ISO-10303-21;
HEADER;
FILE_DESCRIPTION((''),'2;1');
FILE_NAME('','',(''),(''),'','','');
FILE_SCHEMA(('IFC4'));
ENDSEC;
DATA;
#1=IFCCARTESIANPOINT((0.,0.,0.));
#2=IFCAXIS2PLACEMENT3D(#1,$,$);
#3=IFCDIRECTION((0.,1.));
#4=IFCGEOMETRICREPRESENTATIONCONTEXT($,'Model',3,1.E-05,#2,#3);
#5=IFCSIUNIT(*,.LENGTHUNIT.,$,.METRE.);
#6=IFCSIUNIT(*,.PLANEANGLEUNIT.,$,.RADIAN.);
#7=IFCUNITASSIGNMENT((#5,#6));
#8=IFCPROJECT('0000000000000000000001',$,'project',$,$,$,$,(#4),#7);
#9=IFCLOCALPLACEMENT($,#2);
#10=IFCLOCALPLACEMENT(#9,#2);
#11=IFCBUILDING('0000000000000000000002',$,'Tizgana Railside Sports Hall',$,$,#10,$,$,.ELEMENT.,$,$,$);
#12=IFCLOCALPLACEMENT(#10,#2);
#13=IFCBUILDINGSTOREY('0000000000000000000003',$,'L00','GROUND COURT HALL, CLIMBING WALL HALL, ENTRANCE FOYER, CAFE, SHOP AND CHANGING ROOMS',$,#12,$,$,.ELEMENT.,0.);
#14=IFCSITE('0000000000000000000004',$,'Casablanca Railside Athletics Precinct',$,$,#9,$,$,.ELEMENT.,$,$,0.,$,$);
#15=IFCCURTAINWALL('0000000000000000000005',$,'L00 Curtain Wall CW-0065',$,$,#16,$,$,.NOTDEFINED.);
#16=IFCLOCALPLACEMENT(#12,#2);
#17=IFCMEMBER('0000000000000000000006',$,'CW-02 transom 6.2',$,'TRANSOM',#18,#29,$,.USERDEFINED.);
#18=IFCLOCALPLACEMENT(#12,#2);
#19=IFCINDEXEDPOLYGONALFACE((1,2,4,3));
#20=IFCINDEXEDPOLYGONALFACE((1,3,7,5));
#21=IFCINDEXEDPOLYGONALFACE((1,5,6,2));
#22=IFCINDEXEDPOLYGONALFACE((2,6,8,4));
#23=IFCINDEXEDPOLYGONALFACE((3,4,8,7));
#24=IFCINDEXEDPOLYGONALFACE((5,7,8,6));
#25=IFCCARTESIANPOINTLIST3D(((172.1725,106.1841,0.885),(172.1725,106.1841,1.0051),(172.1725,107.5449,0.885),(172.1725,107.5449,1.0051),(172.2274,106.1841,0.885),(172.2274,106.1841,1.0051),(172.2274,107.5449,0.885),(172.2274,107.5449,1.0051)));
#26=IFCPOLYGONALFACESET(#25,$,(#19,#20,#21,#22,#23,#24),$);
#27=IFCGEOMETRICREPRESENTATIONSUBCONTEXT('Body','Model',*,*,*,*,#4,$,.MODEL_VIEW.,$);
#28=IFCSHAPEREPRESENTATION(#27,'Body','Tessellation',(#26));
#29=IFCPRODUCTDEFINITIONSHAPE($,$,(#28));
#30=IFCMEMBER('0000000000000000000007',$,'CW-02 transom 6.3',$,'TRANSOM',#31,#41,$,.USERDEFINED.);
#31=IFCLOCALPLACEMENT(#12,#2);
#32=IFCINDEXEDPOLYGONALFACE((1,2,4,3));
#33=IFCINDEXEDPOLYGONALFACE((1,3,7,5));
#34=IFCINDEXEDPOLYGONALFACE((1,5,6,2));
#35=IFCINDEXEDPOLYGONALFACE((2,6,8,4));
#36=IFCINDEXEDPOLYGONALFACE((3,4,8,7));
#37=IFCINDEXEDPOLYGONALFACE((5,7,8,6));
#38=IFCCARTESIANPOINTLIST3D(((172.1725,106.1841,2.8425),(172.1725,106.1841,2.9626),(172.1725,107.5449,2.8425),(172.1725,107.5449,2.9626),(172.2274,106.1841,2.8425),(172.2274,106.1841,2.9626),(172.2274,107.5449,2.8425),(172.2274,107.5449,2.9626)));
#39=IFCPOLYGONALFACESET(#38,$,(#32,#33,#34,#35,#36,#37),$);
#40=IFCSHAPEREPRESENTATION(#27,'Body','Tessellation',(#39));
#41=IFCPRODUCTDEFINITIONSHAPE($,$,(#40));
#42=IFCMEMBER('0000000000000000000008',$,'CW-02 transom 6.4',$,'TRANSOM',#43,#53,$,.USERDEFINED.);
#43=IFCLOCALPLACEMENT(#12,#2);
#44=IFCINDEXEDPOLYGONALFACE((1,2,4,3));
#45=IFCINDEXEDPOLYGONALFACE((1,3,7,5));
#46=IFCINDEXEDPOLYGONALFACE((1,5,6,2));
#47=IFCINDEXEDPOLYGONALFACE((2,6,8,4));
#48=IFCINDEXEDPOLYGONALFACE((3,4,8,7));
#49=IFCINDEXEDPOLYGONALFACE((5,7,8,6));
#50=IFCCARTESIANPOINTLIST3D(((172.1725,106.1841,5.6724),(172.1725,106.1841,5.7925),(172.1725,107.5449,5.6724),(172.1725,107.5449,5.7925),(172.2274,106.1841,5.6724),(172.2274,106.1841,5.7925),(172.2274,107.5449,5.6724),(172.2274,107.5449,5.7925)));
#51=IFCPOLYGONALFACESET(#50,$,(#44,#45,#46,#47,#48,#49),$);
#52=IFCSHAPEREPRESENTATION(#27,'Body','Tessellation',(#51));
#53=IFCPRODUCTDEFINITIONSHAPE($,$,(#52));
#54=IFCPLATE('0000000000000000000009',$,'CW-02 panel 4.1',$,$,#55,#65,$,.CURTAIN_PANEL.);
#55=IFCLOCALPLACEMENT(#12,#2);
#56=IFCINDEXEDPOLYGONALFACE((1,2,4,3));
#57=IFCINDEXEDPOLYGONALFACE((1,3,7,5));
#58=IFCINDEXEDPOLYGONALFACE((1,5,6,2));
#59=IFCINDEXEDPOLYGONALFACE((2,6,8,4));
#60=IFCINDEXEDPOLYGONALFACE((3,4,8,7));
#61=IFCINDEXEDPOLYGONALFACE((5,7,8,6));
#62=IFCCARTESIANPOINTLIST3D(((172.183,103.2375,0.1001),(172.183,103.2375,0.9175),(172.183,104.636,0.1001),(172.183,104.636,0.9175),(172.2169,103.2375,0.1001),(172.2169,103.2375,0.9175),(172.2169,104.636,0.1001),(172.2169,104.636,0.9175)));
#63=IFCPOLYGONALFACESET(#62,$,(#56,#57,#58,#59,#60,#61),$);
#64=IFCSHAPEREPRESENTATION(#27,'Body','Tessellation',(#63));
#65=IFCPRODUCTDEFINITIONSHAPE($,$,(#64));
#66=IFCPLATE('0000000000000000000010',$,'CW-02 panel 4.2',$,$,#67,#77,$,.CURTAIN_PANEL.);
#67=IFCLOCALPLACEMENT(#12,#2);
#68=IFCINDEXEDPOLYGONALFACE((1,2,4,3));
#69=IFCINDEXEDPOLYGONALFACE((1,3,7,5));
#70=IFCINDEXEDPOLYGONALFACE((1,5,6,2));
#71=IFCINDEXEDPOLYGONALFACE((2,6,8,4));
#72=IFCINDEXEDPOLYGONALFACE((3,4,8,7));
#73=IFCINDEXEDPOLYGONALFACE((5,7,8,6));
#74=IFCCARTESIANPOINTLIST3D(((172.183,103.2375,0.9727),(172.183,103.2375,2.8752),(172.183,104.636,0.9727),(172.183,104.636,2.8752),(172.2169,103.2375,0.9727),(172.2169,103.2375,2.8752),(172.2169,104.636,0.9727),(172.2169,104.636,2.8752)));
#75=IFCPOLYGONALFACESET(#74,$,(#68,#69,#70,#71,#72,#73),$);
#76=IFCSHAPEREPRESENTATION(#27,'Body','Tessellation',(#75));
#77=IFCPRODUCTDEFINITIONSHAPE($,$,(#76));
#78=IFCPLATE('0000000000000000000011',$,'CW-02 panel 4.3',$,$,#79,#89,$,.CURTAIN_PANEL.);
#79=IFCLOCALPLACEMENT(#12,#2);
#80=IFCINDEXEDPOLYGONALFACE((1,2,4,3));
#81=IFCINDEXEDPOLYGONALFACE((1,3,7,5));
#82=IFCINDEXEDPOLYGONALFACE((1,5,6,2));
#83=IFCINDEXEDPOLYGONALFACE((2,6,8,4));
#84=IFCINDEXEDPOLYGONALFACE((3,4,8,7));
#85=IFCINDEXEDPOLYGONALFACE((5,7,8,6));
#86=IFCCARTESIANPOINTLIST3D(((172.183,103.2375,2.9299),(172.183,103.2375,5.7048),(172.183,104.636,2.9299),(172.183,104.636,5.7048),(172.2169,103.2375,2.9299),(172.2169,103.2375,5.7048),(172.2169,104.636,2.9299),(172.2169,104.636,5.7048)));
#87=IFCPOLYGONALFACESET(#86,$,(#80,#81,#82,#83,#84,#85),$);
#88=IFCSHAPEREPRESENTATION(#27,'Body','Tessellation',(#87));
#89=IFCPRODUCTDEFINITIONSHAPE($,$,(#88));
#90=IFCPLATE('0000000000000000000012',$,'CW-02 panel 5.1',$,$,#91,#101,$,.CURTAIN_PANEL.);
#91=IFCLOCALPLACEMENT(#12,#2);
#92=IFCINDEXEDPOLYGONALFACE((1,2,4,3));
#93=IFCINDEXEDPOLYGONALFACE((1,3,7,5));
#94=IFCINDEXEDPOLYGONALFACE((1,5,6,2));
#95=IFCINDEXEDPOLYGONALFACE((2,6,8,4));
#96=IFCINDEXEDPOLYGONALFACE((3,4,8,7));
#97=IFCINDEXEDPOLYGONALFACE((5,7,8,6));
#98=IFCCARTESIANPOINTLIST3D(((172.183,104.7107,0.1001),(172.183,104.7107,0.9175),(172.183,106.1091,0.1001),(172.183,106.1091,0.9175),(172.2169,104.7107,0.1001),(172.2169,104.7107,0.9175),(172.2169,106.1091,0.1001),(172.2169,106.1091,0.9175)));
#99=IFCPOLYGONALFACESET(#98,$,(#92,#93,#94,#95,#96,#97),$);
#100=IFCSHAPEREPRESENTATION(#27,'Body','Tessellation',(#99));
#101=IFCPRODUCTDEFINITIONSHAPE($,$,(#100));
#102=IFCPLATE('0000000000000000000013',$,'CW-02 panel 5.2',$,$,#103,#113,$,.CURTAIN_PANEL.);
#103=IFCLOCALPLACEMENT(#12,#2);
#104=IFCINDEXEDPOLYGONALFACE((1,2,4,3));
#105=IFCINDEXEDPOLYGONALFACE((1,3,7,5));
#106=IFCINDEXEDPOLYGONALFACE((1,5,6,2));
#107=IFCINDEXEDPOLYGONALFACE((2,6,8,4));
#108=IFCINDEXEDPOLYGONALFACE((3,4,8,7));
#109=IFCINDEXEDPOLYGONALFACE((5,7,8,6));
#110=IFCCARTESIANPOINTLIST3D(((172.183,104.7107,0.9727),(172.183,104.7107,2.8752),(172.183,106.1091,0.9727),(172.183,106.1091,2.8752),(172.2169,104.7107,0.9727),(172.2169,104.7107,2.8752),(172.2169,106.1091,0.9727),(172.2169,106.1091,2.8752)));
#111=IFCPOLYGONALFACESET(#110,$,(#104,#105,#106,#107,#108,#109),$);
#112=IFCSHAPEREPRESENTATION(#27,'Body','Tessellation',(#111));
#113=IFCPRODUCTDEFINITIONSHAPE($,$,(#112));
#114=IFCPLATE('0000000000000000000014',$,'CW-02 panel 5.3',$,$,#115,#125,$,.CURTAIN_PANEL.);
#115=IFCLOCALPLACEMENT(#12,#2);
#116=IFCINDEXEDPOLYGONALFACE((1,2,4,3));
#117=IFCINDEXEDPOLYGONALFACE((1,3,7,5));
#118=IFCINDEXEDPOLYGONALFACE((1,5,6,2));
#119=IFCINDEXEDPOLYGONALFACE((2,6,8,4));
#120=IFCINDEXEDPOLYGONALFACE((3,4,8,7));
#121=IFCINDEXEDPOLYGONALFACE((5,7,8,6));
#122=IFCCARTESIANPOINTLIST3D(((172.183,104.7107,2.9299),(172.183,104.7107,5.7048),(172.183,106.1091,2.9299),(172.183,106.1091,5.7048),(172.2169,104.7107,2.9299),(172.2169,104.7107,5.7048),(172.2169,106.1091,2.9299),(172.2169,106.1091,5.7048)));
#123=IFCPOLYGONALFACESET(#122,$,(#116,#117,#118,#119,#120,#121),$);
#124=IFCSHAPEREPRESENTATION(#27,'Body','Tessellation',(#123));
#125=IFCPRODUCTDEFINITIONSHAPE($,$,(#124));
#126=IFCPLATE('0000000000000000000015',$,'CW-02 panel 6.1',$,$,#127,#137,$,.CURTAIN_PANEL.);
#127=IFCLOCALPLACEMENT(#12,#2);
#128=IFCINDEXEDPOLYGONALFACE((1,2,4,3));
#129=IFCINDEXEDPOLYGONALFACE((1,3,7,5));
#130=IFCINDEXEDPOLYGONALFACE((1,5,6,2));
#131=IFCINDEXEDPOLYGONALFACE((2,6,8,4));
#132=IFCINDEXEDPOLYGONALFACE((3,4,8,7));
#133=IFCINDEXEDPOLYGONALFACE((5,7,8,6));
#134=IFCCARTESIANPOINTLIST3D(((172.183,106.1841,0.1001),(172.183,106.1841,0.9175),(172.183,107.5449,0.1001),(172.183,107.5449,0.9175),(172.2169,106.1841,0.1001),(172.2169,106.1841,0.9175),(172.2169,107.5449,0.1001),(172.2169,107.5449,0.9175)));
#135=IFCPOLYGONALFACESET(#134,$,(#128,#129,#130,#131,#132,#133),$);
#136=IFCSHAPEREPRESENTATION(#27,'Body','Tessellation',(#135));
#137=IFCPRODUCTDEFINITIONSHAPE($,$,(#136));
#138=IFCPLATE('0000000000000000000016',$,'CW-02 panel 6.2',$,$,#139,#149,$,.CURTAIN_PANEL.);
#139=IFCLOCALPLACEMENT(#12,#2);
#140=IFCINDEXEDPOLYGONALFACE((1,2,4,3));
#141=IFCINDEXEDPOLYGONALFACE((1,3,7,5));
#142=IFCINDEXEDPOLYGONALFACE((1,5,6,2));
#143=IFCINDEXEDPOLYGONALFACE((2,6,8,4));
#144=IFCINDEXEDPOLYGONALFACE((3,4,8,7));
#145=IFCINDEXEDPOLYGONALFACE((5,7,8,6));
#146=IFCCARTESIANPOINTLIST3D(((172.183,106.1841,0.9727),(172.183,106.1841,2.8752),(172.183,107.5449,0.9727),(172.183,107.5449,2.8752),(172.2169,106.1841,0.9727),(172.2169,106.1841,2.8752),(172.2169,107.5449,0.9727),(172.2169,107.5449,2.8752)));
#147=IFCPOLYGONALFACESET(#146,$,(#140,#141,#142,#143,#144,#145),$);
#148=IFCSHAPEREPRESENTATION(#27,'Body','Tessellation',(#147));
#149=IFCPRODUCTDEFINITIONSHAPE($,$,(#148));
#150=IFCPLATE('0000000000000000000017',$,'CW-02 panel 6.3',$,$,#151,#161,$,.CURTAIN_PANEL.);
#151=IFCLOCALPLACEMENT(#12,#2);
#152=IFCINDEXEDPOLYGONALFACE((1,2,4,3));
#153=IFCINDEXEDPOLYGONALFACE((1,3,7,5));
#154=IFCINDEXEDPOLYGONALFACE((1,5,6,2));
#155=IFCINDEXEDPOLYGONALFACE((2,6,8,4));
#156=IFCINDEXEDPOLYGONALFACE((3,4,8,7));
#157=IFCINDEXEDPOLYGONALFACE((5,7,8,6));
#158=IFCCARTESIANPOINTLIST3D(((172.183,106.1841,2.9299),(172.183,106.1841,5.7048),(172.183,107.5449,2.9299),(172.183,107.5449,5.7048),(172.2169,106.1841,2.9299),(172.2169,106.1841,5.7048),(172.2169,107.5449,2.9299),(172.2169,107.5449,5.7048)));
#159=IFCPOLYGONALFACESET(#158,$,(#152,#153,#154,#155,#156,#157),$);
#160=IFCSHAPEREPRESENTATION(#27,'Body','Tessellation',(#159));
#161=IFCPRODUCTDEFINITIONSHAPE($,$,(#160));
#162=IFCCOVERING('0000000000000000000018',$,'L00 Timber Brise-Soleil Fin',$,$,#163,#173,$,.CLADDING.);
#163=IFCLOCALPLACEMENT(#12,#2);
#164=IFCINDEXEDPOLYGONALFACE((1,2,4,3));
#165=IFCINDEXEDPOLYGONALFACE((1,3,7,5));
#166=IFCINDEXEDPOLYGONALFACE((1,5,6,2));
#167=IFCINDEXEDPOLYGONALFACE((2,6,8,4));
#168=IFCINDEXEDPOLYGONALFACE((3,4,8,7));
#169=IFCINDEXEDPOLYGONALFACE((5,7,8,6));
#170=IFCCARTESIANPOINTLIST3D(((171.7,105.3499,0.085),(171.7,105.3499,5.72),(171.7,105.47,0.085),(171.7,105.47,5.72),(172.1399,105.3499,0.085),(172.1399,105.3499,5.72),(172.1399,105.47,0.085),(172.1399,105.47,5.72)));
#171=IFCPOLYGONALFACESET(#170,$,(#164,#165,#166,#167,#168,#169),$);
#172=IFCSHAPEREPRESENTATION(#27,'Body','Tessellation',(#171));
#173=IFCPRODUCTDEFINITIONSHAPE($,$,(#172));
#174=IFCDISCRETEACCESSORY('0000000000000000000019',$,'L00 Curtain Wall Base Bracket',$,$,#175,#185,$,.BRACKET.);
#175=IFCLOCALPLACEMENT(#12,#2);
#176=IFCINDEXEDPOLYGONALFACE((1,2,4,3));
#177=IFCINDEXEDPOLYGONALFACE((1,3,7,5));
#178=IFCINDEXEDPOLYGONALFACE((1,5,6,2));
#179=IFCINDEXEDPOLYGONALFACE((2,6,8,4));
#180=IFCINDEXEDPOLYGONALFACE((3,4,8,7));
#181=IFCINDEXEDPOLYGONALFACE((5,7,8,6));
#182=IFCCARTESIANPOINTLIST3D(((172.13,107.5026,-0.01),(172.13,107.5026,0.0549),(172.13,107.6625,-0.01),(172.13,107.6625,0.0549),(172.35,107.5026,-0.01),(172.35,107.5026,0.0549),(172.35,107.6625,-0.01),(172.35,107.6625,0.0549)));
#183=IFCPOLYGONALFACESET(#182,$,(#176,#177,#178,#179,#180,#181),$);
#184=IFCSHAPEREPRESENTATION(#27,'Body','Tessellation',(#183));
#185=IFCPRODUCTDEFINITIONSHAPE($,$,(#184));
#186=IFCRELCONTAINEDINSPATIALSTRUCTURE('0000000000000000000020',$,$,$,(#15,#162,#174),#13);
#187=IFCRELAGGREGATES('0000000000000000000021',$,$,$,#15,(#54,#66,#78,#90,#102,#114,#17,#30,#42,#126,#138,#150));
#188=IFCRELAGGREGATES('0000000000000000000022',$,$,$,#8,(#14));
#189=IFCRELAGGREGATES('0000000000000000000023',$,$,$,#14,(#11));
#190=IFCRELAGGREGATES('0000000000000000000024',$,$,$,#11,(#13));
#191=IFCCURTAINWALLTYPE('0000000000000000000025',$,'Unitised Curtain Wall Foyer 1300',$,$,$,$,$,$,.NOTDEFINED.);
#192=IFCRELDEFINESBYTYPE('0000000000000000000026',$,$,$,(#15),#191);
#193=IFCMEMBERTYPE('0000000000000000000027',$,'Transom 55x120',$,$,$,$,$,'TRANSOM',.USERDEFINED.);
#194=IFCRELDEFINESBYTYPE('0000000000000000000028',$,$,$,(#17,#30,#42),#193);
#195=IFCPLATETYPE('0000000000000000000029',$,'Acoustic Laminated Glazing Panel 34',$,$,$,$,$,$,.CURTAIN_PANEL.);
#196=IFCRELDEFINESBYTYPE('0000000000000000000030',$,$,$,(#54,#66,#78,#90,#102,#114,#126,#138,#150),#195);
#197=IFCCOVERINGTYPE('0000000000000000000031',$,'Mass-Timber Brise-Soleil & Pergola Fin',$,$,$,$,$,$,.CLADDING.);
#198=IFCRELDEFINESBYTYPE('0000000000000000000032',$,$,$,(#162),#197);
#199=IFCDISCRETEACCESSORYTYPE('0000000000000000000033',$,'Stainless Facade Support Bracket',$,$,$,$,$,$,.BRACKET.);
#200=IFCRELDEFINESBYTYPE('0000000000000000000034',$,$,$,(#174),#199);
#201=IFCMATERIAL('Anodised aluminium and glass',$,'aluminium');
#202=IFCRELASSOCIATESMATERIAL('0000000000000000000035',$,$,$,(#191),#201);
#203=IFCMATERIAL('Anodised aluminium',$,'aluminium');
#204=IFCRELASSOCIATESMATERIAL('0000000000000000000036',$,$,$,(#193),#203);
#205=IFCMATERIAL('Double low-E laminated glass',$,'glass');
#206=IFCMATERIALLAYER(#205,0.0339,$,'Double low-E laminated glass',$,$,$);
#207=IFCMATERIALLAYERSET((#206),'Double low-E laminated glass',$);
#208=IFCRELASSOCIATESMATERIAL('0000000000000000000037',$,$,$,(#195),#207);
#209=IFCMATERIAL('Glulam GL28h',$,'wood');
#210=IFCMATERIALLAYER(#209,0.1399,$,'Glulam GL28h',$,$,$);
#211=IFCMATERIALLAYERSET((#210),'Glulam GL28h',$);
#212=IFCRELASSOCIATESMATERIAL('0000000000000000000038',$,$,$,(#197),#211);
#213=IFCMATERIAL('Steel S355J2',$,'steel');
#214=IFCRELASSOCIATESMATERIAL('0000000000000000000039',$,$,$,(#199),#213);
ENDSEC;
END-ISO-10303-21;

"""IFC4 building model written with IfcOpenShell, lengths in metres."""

from ifc_helpers import new_model, si_unit, direction, frame, origin, origin_2d, place, context, subcontext, project, spatial, rectangle, extrude, material, layer, layer_set, material_profile, profile_set, type_object, element, aggregate, save


model = new_model("IFC4")

# Units and contexts
model_context = context("Model", 3, precision=1e-05, world=origin(), true_north=direction((0.0, 1.0)))
body_context = subcontext(model_context, "Body", "Model", "MODEL_VIEW")
ifc_project = project(units=[si_unit("LENGTHUNIT", "METRE"), si_unit("PLANEANGLEUNIT", "RADIAN")], contexts=[model_context])

# Site, building, storey
site_placement = place(None, origin())
site = spatial("IfcSite", under=ifc_project, at=site_placement, Name="Casablanca Railside Athletics Precinct", CompositionType="ELEMENT", RefElevation=0.0)
building_placement = place(site_placement, origin())
building = spatial("IfcBuilding", under=site, at=building_placement, Name="Tizgana Railside Sports Hall", CompositionType="ELEMENT")
storey_placement = place(building_placement, origin())
storey = spatial("IfcBuildingStorey", under=building, at=storey_placement, Name="L00", Description="GROUND COURT HALL, CLIMBING WALL HALL, ENTRANCE FOYER, CAFE, SHOP AND CHANGING ROOMS", CompositionType="ELEMENT", Elevation=0.0)

# Curtain wall, members, plates
ifc_material_1 = material(Name="Anodised aluminium and glass", Category="aluminium")
curtain_wall_type = type_object("IfcCurtainWallType", Name="Unitised Curtain Wall Foyer 1300", PredefinedType="NOTDEFINED", material=ifc_material_1)
curtain_wall_placement = place(storey_placement, origin())
curtain_wall = element("IfcCurtainWall", 1, at=curtain_wall_placement, inside=storey, type_object=curtain_wall_type, Name="L00 Curtain Wall CW-0065", PredefinedType="NOTDEFINED")
ifc_material_2 = material(Name="Anodised aluminium", Category="aluminium")
ifc_material_profile_1 = material_profile(ifc_material_2, rectangle(XDim=0.0549, YDim=0.1201, at=origin_2d()), Name="Transom 55x120")
ifc_profile_set_1 = profile_set([ifc_material_profile_1], Name="Anodised aluminium")
member_type_1 = type_object("IfcMemberType", Name="Transom 55x120", ElementType="TRANSOM", PredefinedType="USERDEFINED", material=ifc_profile_set_1)
member_1_placement = place(storey_placement, frame((172.2, 106.1841, 0.9451), z_axis=(0.0, 1.0, 0.0), x_axis=(-1.0, 0.0, 0.0)))
member_1 = element("IfcMember", 2, at=member_1_placement, type_object=member_type_1, Name="CW-02 transom 6.2", ObjectType="TRANSOM", PredefinedType="USERDEFINED", context=body_context, shape_type="SweptSolid", body=[
    extrude(rectangle(XDim=0.0549, YDim=0.1201, at=origin_2d()), origin(), (0.0, 0.0, 1.0), 1.3608),
])
member_2_placement = place(storey_placement, frame((172.2, 106.1841, 2.9026), z_axis=(0.0, 1.0, 0.0), x_axis=(-1.0, 0.0, 0.0)))
member_2 = element("IfcMember", 3, at=member_2_placement, type_object=member_type_1, Name="CW-02 transom 6.3", ObjectType="TRANSOM", PredefinedType="USERDEFINED", context=body_context, shape_type="SweptSolid", body=[
    extrude(rectangle(XDim=0.0549, YDim=0.1201, at=origin_2d()), origin(), (0.0, 0.0, 1.0), 1.3608),
])
member_3_placement = place(storey_placement, frame((172.2, 106.1841, 5.7324), z_axis=(0.0, 1.0, 0.0), x_axis=(-1.0, 0.0, 0.0)))
member_3 = element("IfcMember", 4, at=member_3_placement, type_object=member_type_1, Name="CW-02 transom 6.4", ObjectType="TRANSOM", PredefinedType="USERDEFINED", context=body_context, shape_type="SweptSolid", body=[
    extrude(rectangle(XDim=0.0549, YDim=0.1201, at=origin_2d()), origin(), (0.0, 0.0, 1.0), 1.3608),
])
ifc_material_3 = material(Name="Double low-E laminated glass", Category="glass")
ifc_layer_1 = layer(ifc_material_3, 0.0339, Name="Double low-E laminated glass")
ifc_layer_set_1 = layer_set([ifc_layer_1], Name="Double low-E laminated glass")
plate_type = type_object("IfcPlateType", Name="Acoustic Laminated Glazing Panel 34", PredefinedType="CURTAIN_PANEL", material=ifc_layer_set_1)
plate_1_placement = place(storey_placement, frame((172.2, 103.9368, 0.1001), z_axis=(0.0, 0.0, 1.0), x_axis=(0.0, 1.0, 0.0)))
plate_1 = element("IfcPlate", 5, at=plate_1_placement, type_object=plate_type, Name="CW-02 panel 4.1", PredefinedType="CURTAIN_PANEL", context=body_context, shape_type="SweptSolid", body=[
    extrude(rectangle(XDim=1.3984, YDim=0.0339, at=origin_2d()), origin(), (0.0, 0.0, 1.0), 0.8174),
])
plate_2_placement = place(storey_placement, frame((172.2, 103.9368, 0.9727), z_axis=(0.0, 0.0, 1.0), x_axis=(0.0, 1.0, 0.0)))
plate_2 = element("IfcPlate", 6, at=plate_2_placement, type_object=plate_type, Name="CW-02 panel 4.2", PredefinedType="CURTAIN_PANEL", context=body_context, shape_type="SweptSolid", body=[
    extrude(rectangle(XDim=1.3984, YDim=0.0339, at=origin_2d()), origin(), (0.0, 0.0, 1.0), 1.9026),
])
plate_3_placement = place(storey_placement, frame((172.2, 103.9368, 2.9299), z_axis=(0.0, 0.0, 1.0), x_axis=(0.0, 1.0, 0.0)))
plate_3 = element("IfcPlate", 7, at=plate_3_placement, type_object=plate_type, Name="CW-02 panel 4.3", PredefinedType="CURTAIN_PANEL", context=body_context, shape_type="SweptSolid", body=[
    extrude(rectangle(XDim=1.3984, YDim=0.0339, at=origin_2d()), origin(), (0.0, 0.0, 1.0), 2.7749),
])
plate_4_placement = place(storey_placement, frame((172.2, 105.4099, 0.1001), z_axis=(0.0, 0.0, 1.0), x_axis=(0.0, 1.0, 0.0)))
plate_4 = element("IfcPlate", 8, at=plate_4_placement, type_object=plate_type, Name="CW-02 panel 5.1", PredefinedType="CURTAIN_PANEL", context=body_context, shape_type="SweptSolid", body=[
    extrude(rectangle(XDim=1.3984, YDim=0.0339, at=origin_2d()), origin(), (0.0, 0.0, 1.0), 0.8174),
])
plate_5_placement = place(storey_placement, frame((172.2, 105.4099, 0.9727), z_axis=(0.0, 0.0, 1.0), x_axis=(0.0, 1.0, 0.0)))
plate_5 = element("IfcPlate", 9, at=plate_5_placement, type_object=plate_type, Name="CW-02 panel 5.2", PredefinedType="CURTAIN_PANEL", context=body_context, shape_type="SweptSolid", body=[
    extrude(rectangle(XDim=1.3984, YDim=0.0339, at=origin_2d()), origin(), (0.0, 0.0, 1.0), 1.9026),
])
plate_6_placement = place(storey_placement, frame((172.2, 105.4099, 2.9299), z_axis=(0.0, 0.0, 1.0), x_axis=(0.0, 1.0, 0.0)))
plate_6 = element("IfcPlate", 10, at=plate_6_placement, type_object=plate_type, Name="CW-02 panel 5.3", PredefinedType="CURTAIN_PANEL", context=body_context, shape_type="SweptSolid", body=[
    extrude(rectangle(XDim=1.3984, YDim=0.0339, at=origin_2d()), origin(), (0.0, 0.0, 1.0), 2.7749),
])
plate_7_placement = place(storey_placement, frame((172.2, 106.8645, 0.1001), z_axis=(0.0, 0.0, 1.0), x_axis=(0.0, 1.0, 0.0)))
plate_7 = element("IfcPlate", 11, at=plate_7_placement, type_object=plate_type, Name="CW-02 panel 6.1", PredefinedType="CURTAIN_PANEL", context=body_context, shape_type="SweptSolid", body=[
    extrude(rectangle(XDim=1.3608, YDim=0.0339, at=origin_2d()), origin(), (0.0, 0.0, 1.0), 0.8174),
])
plate_8_placement = place(storey_placement, frame((172.2, 106.8645, 0.9727), z_axis=(0.0, 0.0, 1.0), x_axis=(0.0, 1.0, 0.0)))
plate_8 = element("IfcPlate", 12, at=plate_8_placement, type_object=plate_type, Name="CW-02 panel 6.2", PredefinedType="CURTAIN_PANEL", context=body_context, shape_type="SweptSolid", body=[
    extrude(rectangle(XDim=1.3608, YDim=0.0339, at=origin_2d()), origin(), (0.0, 0.0, 1.0), 1.9026),
])
plate_9_placement = place(storey_placement, frame((172.2, 106.8645, 2.9299), z_axis=(0.0, 0.0, 1.0), x_axis=(0.0, 1.0, 0.0)))
plate_9 = element("IfcPlate", 13, at=plate_9_placement, type_object=plate_type, Name="CW-02 panel 6.3", PredefinedType="CURTAIN_PANEL", context=body_context, shape_type="SweptSolid", body=[
    extrude(rectangle(XDim=1.3608, YDim=0.0339, at=origin_2d()), origin(), (0.0, 0.0, 1.0), 2.7749),
])
aggregate(curtain_wall, [plate_1, plate_2, plate_3, plate_4, plate_5, plate_6, member_1, member_2, member_3, plate_7, plate_8, plate_9])

# Covering
ifc_material_4 = material(Name="Glulam GL28h", Category="wood")
ifc_layer_2 = layer(ifc_material_4, 0.1399, Name="Glulam GL28h")
ifc_layer_set_2 = layer_set([ifc_layer_2], Name="Glulam GL28h")
covering_type = type_object("IfcCoveringType", Name="Mass-Timber Brise-Soleil & Pergola Fin", PredefinedType="CLADDING", material=ifc_layer_set_2)
covering_placement = place(storey_placement, frame((171.9199, 105.4099, 0.085), z_axis=(0.0, 0.0, 1.0), x_axis=(0.0, 1.0, 0.0)))
element("IfcCovering", 14, at=covering_placement, inside=storey, type_object=covering_type, Name="L00 Timber Brise-Soleil Fin", PredefinedType="CLADDING", context=body_context, shape_type="SweptSolid", body=[
    extrude(rectangle(XDim=0.1201, YDim=0.4399, at=origin_2d()), origin(), (0.0, 0.0, 1.0), 5.635),
])

# Discrete accessory
ifc_material_5 = material(Name="Steel S355J2", Category="steel")
discrete_accessory_type = type_object("IfcDiscreteAccessoryType", Name="Stainless Facade Support Bracket", PredefinedType="BRACKET", material=ifc_material_5)
discrete_accessory_placement = place(storey_placement, frame((172.24, 107.5825, -0.01), z_axis=(0.0, 0.0, 1.0), x_axis=(0.0, 1.0, 0.0)))
element("IfcDiscreteAccessory", 15, at=discrete_accessory_placement, inside=storey, type_object=discrete_accessory_type, Name="L00 Curtain Wall Base Bracket", PredefinedType="BRACKET", context=body_context, shape_type="SweptSolid", body=[
    extrude(rectangle(XDim=0.1599, YDim=0.22, at=origin_2d()), origin(), (0.0, 0.0, 1.0), 0.0649),
])

save(model, "model.ifc")
